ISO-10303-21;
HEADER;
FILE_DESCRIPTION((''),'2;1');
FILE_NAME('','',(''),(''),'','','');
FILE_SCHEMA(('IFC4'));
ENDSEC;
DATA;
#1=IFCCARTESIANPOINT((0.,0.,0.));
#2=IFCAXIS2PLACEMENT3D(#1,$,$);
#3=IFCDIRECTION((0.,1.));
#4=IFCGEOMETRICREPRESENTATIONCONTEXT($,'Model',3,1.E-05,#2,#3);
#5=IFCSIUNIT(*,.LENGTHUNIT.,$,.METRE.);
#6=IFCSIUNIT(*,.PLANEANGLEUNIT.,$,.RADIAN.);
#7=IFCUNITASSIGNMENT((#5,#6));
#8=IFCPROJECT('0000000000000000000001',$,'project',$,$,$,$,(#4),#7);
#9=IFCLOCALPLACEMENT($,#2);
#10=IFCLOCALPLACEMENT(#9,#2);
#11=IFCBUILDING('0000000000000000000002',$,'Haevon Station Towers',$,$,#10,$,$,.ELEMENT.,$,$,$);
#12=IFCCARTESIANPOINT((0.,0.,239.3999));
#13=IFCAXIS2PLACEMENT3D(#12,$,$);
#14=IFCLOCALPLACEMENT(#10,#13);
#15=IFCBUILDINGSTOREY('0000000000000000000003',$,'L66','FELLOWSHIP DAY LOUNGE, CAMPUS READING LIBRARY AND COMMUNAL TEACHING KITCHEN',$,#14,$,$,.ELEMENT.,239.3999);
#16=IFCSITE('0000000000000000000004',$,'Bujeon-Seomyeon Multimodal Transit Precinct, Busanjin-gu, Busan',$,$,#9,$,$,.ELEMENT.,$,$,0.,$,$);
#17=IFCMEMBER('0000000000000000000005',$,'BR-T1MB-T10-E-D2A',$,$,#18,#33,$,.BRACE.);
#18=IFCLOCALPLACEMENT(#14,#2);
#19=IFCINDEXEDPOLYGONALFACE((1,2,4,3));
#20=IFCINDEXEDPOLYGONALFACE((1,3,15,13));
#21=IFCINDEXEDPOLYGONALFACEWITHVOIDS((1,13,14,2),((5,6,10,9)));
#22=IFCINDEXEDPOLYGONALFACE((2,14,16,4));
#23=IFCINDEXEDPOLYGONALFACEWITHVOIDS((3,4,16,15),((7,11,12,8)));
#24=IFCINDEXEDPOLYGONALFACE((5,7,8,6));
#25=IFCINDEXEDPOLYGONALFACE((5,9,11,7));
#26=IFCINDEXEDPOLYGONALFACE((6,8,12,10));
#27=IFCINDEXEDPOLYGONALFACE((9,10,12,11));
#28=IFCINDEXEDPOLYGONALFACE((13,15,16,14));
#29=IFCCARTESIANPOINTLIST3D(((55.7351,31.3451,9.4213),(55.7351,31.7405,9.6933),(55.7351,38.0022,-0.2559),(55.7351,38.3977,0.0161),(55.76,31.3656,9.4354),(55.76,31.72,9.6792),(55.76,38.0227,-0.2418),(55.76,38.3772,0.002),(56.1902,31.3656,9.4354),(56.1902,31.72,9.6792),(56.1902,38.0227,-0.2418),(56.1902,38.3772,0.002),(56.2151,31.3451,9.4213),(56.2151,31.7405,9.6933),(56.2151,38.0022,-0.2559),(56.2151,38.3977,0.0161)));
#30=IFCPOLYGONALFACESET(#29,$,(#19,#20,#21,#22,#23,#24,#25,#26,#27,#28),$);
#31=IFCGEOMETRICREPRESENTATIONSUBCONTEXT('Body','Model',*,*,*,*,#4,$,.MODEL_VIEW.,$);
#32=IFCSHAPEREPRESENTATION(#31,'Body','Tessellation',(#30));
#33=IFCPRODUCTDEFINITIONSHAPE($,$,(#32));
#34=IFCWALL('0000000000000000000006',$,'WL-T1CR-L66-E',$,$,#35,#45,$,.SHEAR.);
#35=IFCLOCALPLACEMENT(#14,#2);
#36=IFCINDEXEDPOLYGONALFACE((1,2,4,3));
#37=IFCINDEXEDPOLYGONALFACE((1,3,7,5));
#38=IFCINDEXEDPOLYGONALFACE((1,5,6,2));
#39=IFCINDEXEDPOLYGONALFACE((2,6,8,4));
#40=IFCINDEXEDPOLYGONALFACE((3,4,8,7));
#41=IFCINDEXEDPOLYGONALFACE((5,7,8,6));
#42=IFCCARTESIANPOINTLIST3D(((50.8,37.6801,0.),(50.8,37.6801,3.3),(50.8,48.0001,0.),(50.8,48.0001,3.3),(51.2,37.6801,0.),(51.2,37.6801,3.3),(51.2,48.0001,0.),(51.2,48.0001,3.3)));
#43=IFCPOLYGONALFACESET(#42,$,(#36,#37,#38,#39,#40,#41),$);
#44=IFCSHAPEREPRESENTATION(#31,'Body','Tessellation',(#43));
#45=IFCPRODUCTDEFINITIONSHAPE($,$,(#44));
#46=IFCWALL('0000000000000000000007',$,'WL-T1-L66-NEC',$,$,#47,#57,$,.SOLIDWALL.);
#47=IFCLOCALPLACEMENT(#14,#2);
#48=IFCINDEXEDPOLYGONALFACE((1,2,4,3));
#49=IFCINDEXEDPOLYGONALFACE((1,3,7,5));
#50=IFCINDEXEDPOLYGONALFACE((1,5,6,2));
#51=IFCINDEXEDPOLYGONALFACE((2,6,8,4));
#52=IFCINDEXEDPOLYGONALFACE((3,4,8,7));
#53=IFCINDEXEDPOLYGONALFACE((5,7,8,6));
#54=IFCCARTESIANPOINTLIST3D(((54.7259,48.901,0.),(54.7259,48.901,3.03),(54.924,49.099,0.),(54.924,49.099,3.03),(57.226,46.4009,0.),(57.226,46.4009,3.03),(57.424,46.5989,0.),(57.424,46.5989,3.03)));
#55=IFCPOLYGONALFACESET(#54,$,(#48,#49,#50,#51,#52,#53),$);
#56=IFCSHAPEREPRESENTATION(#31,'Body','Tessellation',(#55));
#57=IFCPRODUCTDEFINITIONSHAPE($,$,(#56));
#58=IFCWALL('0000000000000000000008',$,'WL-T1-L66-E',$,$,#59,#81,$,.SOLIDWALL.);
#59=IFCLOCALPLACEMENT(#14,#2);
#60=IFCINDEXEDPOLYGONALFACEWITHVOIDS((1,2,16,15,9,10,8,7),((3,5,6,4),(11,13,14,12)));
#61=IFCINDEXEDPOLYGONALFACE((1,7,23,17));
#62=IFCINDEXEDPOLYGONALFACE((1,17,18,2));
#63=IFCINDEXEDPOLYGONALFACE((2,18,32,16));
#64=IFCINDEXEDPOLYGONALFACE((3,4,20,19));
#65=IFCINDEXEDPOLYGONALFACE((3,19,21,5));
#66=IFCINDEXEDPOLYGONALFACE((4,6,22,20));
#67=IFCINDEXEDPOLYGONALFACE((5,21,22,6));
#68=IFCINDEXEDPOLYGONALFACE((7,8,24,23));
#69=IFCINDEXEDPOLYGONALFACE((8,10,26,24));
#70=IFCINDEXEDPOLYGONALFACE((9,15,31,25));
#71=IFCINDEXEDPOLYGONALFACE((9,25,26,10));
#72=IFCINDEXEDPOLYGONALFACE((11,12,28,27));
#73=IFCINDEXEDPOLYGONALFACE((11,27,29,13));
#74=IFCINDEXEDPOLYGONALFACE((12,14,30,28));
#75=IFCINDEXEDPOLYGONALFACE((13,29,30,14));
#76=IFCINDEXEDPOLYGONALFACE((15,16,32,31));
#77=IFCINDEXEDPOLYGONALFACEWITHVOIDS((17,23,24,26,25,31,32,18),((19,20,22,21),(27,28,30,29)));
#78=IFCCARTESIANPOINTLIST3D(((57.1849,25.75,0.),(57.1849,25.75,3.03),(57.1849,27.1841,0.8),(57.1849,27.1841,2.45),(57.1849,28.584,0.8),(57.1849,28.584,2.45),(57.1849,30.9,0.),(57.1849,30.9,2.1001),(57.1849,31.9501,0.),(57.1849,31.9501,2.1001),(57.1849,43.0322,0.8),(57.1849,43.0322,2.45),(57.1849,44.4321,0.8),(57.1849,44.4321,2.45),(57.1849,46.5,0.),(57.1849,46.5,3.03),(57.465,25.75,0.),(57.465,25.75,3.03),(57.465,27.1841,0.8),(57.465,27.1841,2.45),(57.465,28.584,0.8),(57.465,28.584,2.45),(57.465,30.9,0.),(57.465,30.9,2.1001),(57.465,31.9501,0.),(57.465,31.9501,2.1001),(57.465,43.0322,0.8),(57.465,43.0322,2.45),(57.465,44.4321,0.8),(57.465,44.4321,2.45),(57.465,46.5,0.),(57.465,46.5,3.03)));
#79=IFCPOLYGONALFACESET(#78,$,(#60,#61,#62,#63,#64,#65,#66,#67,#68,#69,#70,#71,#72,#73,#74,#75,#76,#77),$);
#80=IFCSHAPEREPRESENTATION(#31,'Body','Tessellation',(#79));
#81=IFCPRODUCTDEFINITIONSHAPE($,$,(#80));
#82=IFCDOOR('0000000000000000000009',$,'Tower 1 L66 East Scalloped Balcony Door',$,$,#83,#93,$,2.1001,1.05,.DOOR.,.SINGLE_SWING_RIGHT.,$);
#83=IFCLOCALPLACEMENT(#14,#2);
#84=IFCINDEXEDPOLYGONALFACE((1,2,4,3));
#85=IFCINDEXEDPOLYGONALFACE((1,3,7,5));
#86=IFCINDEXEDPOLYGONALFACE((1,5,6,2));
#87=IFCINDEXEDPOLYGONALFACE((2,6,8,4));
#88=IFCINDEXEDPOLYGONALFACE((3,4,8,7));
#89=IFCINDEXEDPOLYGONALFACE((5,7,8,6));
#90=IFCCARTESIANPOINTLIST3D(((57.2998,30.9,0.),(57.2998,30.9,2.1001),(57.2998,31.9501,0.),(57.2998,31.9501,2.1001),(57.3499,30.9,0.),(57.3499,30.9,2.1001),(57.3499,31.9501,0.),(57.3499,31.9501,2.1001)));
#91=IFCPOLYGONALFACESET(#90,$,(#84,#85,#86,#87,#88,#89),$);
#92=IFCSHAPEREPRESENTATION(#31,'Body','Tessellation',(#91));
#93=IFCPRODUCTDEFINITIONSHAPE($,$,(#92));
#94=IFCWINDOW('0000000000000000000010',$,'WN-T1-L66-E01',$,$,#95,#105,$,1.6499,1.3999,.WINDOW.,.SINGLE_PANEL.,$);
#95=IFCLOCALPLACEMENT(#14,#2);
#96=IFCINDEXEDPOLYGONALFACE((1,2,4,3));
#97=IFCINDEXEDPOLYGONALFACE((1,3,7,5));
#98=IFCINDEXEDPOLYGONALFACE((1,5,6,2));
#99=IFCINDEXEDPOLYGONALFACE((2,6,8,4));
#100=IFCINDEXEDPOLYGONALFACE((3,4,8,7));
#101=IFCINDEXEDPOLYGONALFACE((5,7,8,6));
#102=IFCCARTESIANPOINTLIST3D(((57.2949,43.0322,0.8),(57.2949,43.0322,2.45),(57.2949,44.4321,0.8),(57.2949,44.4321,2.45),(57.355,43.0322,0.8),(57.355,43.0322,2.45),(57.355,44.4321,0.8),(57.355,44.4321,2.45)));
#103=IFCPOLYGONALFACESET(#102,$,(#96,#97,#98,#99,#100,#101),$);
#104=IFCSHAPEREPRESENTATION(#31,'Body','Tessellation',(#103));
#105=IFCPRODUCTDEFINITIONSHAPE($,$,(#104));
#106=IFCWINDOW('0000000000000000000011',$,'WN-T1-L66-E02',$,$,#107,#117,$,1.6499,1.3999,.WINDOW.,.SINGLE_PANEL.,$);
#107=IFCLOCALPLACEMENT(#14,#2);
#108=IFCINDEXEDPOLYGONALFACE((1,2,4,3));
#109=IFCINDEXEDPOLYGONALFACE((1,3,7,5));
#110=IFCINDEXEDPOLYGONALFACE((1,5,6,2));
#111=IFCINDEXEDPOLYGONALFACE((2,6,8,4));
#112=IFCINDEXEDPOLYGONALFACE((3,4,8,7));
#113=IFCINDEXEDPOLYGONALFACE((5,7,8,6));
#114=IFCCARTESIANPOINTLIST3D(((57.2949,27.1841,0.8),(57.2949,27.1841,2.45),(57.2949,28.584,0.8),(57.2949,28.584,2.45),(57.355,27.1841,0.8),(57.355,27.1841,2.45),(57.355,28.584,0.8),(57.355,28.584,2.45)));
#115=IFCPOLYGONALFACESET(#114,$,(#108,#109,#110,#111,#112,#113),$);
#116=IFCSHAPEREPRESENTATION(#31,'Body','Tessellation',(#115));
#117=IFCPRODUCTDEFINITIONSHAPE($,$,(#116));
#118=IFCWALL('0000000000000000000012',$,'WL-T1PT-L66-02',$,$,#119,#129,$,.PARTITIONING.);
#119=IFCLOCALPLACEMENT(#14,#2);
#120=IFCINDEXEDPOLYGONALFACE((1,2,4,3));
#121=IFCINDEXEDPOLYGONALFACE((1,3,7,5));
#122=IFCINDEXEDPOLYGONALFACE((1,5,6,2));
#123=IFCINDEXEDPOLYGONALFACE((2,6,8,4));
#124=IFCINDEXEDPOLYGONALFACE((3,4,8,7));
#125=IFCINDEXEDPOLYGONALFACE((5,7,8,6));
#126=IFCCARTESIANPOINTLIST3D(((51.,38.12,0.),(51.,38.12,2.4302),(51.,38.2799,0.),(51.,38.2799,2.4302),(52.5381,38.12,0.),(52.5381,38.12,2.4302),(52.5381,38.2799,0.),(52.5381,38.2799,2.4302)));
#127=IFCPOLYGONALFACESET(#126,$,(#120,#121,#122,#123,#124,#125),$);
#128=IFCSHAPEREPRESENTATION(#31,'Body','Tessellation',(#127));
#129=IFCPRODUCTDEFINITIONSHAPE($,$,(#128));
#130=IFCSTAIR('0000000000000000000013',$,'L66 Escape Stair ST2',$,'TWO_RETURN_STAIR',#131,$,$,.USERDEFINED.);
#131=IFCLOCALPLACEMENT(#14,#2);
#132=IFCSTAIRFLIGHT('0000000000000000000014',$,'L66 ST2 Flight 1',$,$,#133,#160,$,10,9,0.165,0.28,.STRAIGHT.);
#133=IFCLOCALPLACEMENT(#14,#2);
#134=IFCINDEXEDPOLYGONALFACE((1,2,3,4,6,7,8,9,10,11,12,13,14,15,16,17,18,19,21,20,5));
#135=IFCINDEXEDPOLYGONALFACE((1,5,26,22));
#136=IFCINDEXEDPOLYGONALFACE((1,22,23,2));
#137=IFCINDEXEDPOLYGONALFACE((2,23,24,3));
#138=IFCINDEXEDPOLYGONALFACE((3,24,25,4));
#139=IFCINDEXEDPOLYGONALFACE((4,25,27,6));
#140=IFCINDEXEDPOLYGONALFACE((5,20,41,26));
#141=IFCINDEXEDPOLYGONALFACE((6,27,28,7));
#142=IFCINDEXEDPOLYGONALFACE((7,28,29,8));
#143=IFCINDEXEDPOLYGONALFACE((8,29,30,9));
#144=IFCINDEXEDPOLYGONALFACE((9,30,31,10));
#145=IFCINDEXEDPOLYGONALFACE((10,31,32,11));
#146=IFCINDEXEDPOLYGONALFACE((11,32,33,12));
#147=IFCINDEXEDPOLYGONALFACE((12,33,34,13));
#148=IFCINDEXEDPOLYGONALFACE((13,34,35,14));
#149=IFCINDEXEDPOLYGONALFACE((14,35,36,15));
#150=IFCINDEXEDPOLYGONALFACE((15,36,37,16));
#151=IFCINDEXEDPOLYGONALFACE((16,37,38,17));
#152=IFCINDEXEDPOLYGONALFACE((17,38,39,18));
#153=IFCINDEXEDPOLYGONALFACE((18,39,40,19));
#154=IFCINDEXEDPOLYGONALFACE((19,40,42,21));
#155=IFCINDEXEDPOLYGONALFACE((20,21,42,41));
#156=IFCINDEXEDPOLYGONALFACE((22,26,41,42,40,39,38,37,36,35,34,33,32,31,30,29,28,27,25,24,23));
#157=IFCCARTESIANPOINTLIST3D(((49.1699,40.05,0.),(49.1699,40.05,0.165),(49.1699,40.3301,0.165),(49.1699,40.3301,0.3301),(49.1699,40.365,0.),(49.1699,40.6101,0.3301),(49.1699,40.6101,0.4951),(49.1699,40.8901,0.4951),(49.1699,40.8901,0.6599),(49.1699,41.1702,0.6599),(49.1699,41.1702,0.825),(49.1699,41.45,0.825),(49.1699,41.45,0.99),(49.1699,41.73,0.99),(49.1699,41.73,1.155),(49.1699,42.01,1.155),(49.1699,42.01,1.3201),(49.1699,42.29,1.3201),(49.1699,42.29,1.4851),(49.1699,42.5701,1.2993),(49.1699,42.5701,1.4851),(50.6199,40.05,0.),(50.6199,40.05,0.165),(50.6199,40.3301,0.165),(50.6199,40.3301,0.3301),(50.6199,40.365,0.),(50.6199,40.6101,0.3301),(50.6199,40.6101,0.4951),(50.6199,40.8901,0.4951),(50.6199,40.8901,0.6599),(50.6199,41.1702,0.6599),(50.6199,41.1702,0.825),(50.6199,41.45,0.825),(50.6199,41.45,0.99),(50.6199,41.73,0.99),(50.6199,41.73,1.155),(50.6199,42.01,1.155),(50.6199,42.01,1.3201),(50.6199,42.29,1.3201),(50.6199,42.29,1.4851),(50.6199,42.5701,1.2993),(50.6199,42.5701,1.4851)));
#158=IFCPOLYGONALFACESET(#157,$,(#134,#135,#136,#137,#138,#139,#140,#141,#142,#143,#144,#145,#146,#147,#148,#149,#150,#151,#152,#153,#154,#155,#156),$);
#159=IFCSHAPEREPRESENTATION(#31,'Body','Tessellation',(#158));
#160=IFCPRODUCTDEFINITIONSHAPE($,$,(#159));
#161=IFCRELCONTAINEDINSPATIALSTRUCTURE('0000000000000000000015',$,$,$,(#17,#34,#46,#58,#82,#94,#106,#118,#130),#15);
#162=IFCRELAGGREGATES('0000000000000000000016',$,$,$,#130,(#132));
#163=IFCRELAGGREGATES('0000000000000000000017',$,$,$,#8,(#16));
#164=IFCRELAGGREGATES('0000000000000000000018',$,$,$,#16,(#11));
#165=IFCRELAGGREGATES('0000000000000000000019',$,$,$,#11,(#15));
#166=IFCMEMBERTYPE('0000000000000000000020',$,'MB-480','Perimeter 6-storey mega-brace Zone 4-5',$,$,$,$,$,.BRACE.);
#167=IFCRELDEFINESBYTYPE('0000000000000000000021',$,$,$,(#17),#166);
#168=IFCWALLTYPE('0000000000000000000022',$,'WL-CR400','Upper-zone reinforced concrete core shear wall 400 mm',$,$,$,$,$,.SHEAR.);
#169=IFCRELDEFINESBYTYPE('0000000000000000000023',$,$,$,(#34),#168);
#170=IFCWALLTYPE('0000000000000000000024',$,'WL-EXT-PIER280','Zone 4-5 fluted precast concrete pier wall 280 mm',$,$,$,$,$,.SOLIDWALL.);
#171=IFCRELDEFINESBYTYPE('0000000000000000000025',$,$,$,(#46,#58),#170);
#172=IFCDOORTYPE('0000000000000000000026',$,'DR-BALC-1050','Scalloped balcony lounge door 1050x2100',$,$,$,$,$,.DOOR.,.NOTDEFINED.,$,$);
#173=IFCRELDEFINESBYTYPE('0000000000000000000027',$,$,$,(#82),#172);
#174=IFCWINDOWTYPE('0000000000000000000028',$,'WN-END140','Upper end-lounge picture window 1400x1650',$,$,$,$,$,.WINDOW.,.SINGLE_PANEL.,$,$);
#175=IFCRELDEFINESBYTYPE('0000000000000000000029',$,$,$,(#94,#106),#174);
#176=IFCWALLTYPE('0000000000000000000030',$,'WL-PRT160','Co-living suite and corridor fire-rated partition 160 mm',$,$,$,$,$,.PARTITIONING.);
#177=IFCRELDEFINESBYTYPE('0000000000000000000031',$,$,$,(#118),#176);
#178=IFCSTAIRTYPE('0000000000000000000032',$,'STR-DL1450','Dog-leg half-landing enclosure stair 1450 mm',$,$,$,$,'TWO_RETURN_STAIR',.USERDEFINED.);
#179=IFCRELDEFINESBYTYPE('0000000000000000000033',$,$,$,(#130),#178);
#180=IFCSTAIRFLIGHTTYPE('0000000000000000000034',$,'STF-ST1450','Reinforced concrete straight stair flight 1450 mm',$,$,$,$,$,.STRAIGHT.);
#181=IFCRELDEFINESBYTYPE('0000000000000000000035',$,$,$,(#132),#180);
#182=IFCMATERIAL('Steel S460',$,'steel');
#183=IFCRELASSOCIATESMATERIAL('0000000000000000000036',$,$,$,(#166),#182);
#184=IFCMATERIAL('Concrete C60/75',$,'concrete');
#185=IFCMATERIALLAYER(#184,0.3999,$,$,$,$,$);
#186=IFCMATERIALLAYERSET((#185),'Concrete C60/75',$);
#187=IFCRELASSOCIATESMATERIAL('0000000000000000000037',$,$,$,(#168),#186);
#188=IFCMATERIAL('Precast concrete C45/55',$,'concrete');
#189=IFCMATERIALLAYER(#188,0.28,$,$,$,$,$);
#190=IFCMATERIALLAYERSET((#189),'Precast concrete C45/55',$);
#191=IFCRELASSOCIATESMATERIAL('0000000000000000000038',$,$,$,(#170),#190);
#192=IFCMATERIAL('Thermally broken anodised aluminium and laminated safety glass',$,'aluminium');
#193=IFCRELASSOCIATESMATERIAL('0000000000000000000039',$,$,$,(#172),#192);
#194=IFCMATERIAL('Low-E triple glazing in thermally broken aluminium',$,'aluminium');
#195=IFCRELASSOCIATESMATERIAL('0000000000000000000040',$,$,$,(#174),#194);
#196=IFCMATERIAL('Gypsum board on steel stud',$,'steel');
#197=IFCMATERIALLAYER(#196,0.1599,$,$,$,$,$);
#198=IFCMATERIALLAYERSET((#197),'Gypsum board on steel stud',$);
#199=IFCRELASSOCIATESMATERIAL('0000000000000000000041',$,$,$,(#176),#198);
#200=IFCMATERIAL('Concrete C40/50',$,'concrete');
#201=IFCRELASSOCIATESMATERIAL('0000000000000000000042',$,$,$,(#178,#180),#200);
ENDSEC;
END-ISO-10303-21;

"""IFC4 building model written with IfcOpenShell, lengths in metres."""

from ifc_helpers import new_model, si_unit, direction, frame, frame_2d, origin, origin_2d, place, context, subcontext, project, spatial, polyline, rectangle, hollow_rectangle, outline, extrude, material, layer, layer_set, material_profile, profile_set, type_object, element, fill, aggregate, save


model = new_model("IFC4")

# Units and contexts
model_context = context("Model", 3, precision=1e-05, world=origin(), true_north=direction((0.0, 1.0)))
body_context = subcontext(model_context, "Body", "Model", "MODEL_VIEW")
ifc_project = project(units=[si_unit("LENGTHUNIT", "METRE"), si_unit("PLANEANGLEUNIT", "RADIAN")], contexts=[model_context])

# Site, building, storey
site_placement = place(None, origin())
site = spatial("IfcSite", under=ifc_project, at=site_placement, Name="Bujeon-Seomyeon Multimodal Transit Precinct, Busanjin-gu, Busan", CompositionType="ELEMENT", RefElevation=0.0)
building_placement = place(site_placement, origin())
building = spatial("IfcBuilding", under=site, at=building_placement, Name="Haevon Station Towers", CompositionType="ELEMENT")
storey_placement = place(building_placement, frame((0.0, 0.0, 239.3999)))
storey = spatial("IfcBuildingStorey", under=building, at=storey_placement, Name="L66", Description="FELLOWSHIP DAY LOUNGE, CAMPUS READING LIBRARY AND COMMUNAL TEACHING KITCHEN", CompositionType="ELEMENT", Elevation=239.3999)

# Shared definitions
ifc_material_1 = material(Name="Steel S460", Category="steel")

# Member
ifc_material_profile_1 = material_profile(ifc_material_1, hollow_rectangle(XDim=0.48, YDim=0.48, WallThickness=0.0249, at=origin_2d()), Name="RHS-480x480x25")
ifc_profile_set_1 = profile_set([ifc_material_profile_1], Name="Steel S460")
member_type = type_object("IfcMemberType", Name="MB-480", Description="Perimeter 6-storey mega-brace Zone 4-5", PredefinedType="BRACE", material=ifc_profile_set_1)
member_placement = place(storey_placement, frame((55.9751, 38.2, -0.1199), z_axis=(0.0, -0.566767, 0.823878), x_axis=(1.0, 0.0, 0.0)))
element("IfcMember", 1, at=member_placement, inside=storey, type_object=member_type, Name="BR-T1MB-T10-E-D2A", PredefinedType="BRACE", context=body_context, shape_type="SweptSolid", body=[
    extrude(hollow_rectangle(XDim=0.48, YDim=0.48, WallThickness=0.0249, at=origin_2d()), origin(), (0.0, 0.0, 1.0), 11.7458),
])

# Walls
ifc_material_2 = material(Name="Concrete C60/75", Category="concrete")
ifc_layer_1 = layer(ifc_material_2, 0.3999)
ifc_layer_set_1 = layer_set([ifc_layer_1], Name="Concrete C60/75")
wall_type_1 = type_object("IfcWallType", Name="WL-CR400", Description="Upper-zone reinforced concrete core shear wall 400 mm", PredefinedType="SHEAR", material=ifc_layer_set_1)
wall_1_placement = place(storey_placement, frame((51.0, 37.6799, 0.0), z_axis=(0.0, 0.0, 1.0), x_axis=(0.0, 1.0, 0.0)))
element("IfcWall", 2, at=wall_1_placement, inside=storey, type_object=wall_type_1, Name="WL-T1CR-L66-E", PredefinedType="SHEAR", context=body_context, shape_type="SweptSolid", body=[
    extrude(rectangle(XDim=10.3201, YDim=0.3999, at=frame_2d((5.1602, 0.0))), origin(), (0.0, 0.0, 1.0), 3.3),
])
ifc_material_3 = material(Name="Precast concrete C45/55", Category="concrete")
ifc_layer_2 = layer(ifc_material_3, 0.28)
ifc_layer_set_2 = layer_set([ifc_layer_2], Name="Precast concrete C45/55")
wall_type_2 = type_object("IfcWallType", Name="WL-EXT-PIER280", Description="Zone 4-5 fluted precast concrete pier wall 280 mm", PredefinedType="SOLIDWALL", material=ifc_layer_set_2)
wall_2_placement = place(storey_placement, frame((54.825, 49.0, 0.0), z_axis=(0.0, 0.0, 1.0), x_axis=(0.707107, -0.707107, 0.0)))
element("IfcWall", 3, at=wall_2_placement, inside=storey, type_object=wall_type_2, Name="WL-T1-L66-NEC", PredefinedType="SOLIDWALL", context=body_context, shape_type="SweptSolid", body=[
    extrude(rectangle(XDim=3.5356, YDim=0.28, at=frame_2d((1.7678, 0.0))), origin(), (0.0, 0.0, 1.0), 3.03),
])

# Wall, openings, door, windows
wall_3_placement = place(storey_placement, frame((57.325, 46.5, 0.0), z_axis=(0.0, 0.0, 1.0), x_axis=(0.0, -1.0, 0.0)))
wall_3 = element("IfcWall", 4, at=wall_3_placement, inside=storey, type_object=wall_type_2, Name="WL-T1-L66-E", PredefinedType="SOLIDWALL", context=body_context, shape_type="SweptSolid", body=[
    extrude(rectangle(XDim=20.75, YDim=0.28, at=frame_2d((10.375, 0.0))), origin(), (0.0, 0.0, 1.0), 3.03),
])
opening_1_placement = place(wall_3_placement, frame((14.55, 0.0, 0.0)))
opening_1 = element("IfcOpeningElement", 5, at=opening_1_placement, cuts=wall_3, PredefinedType="OPENING", context=body_context, shape_type="SweptSolid", body=[
    extrude(rectangle(XDim=1.05, YDim=2.1001, at=frame_2d((0.5249, 1.05))), frame((0.0, 0.1499, 0.0), z_axis=(0.0, -1.0, 0.0), x_axis=(1.0, 0.0, 0.0)), (0.0, 0.0, 1.0), 0.3),
])
opening_2_placement = place(wall_3_placement, frame((2.0679, 0.0, 0.8)))
opening_2 = element("IfcOpeningElement", 6, at=opening_2_placement, cuts=wall_3, PredefinedType="OPENING", context=body_context, shape_type="SweptSolid", body=[
    extrude(rectangle(XDim=1.3999, YDim=1.6499, at=frame_2d((0.7, 0.825))), frame((0.0, 0.1499, 0.0), z_axis=(0.0, -1.0, 0.0), x_axis=(1.0, 0.0, 0.0)), (0.0, 0.0, 1.0), 0.3),
])
opening_3_placement = place(wall_3_placement, frame((17.916, 0.0, 0.8)))
opening_3 = element("IfcOpeningElement", 7, at=opening_3_placement, cuts=wall_3, PredefinedType="OPENING", context=body_context, shape_type="SweptSolid", body=[
    extrude(rectangle(XDim=1.3999, YDim=1.6499, at=frame_2d((0.7, 0.825))), frame((0.0, 0.1499, 0.0), z_axis=(0.0, -1.0, 0.0), x_axis=(1.0, 0.0, 0.0)), (0.0, 0.0, 1.0), 0.3),
])
ifc_material_4 = material(Name="Thermally broken anodised aluminium and laminated safety glass", Category="aluminium")
door_type = type_object("IfcDoorType", Name="DR-BALC-1050", Description="Scalloped balcony lounge door 1050x2100", OperationType="NOTDEFINED", PredefinedType="DOOR", material=ifc_material_4)
door_placement = place(opening_1_placement, origin())
door = element("IfcDoor", 8, at=door_placement, inside=storey, type_object=door_type, Name="Tower 1 L66 East Scalloped Balcony Door", OperationType="SINGLE_SWING_RIGHT", OverallHeight=2.1001, OverallWidth=1.05, PredefinedType="DOOR", context=body_context, shape_type="SweptSolid", body=[
    extrude(rectangle(XDim=1.05, YDim=2.1001, at=frame_2d((0.5249, 1.05))), frame((0.0, 0.0249, 0.0), z_axis=(0.0, -1.0, 0.0), x_axis=(1.0, 0.0, 0.0)), (0.0, 0.0, 1.0), 0.05),
])
fill(opening_1, door)
ifc_material_5 = material(Name="Low-E triple glazing in thermally broken aluminium", Category="aluminium")
window_type = type_object("IfcWindowType", Name="WN-END140", Description="Upper end-lounge picture window 1400x1650", PartitioningType="SINGLE_PANEL", PredefinedType="WINDOW", material=ifc_material_5)
window_1_placement = place(opening_2_placement, origin())
window_1 = element("IfcWindow", 9, at=window_1_placement, inside=storey, type_object=window_type, Name="WN-T1-L66-E01", OverallHeight=1.6499, OverallWidth=1.3999, PartitioningType="SINGLE_PANEL", PredefinedType="WINDOW", context=body_context, shape_type="SweptSolid", body=[
    extrude(rectangle(XDim=1.3999, YDim=1.6499, at=frame_2d((0.7, 0.825))), frame((0.0, 0.03, 0.0), z_axis=(0.0, -1.0, 0.0), x_axis=(1.0, 0.0, 0.0)), (0.0, 0.0, 1.0), 0.0601),
])
fill(opening_2, window_1)
window_2_placement = place(opening_3_placement, origin())
window_2 = element("IfcWindow", 10, at=window_2_placement, inside=storey, type_object=window_type, Name="WN-T1-L66-E02", OverallHeight=1.6499, OverallWidth=1.3999, PartitioningType="SINGLE_PANEL", PredefinedType="WINDOW", context=body_context, shape_type="SweptSolid", body=[
    extrude(rectangle(XDim=1.3999, YDim=1.6499, at=frame_2d((0.7, 0.825))), frame((0.0, 0.03, 0.0), z_axis=(0.0, -1.0, 0.0), x_axis=(1.0, 0.0, 0.0)), (0.0, 0.0, 1.0), 0.0601),
])
fill(opening_3, window_2)

# Wall
ifc_material_6 = material(Name="Gypsum board on steel stud", Category="steel")
ifc_layer_3 = layer(ifc_material_6, 0.1599)
ifc_layer_set_3 = layer_set([ifc_layer_3], Name="Gypsum board on steel stud")
wall_type_3 = type_object("IfcWallType", Name="WL-PRT160", Description="Co-living suite and corridor fire-rated partition 160 mm", PredefinedType="PARTITIONING", material=ifc_layer_set_3)
wall_4_placement = place(storey_placement, frame((51.0, 38.2, 0.0), z_axis=(0.0, 0.0, 1.0), x_axis=(1.0, 0.0, 0.0)))
element("IfcWall", 11, at=wall_4_placement, inside=storey, type_object=wall_type_3, Name="WL-T1PT-L66-02", PredefinedType="PARTITIONING", context=body_context, shape_type="SweptSolid", body=[
    extrude(rectangle(XDim=1.5381, YDim=0.1599, at=frame_2d((0.769, 0.0))), origin(), (0.0, 0.0, 1.0), 2.4302),
])

# Stair, stair flight
ifc_material_7 = material(Name="Concrete C40/50", Category="concrete")
stair_type = type_object("IfcStairType", Name="STR-DL1450", Description="Dog-leg half-landing enclosure stair 1450 mm", ElementType="TWO_RETURN_STAIR", PredefinedType="USERDEFINED", material=ifc_material_7)
stair_placement = place(storey_placement, origin())
stair = element("IfcStair", 12, at=stair_placement, inside=storey, type_object=stair_type, Name="L66 Escape Stair ST2", ObjectType="TWO_RETURN_STAIR", PredefinedType="USERDEFINED")
stair_flight_type = type_object("IfcStairFlightType", Name="STF-ST1450", Description="Reinforced concrete straight stair flight 1450 mm", PredefinedType="STRAIGHT", material=ifc_material_7)
stair_flight_1_placement = place(storey_placement, frame((49.895, 40.05, 0.0), z_axis=(0.0, 0.0, 1.0), x_axis=(0.0, 1.0, 0.0)))
stair_flight_1 = element("IfcStairFlight", 13, at=stair_flight_1_placement, type_object=stair_flight_type, Name="L66 ST2 Flight 1", NumberOfRisers=10, NumberOfTreads=9, PredefinedType="STRAIGHT", RiserHeight=0.165, TreadLength=0.28, context=body_context, shape_type="SweptSolid", body=[
    extrude(outline(polyline([(0.0, 0.0), (0.0, 0.165), (0.28, 0.165), (0.28, 0.3301), (0.5601, 0.3301), (0.5601, 0.4951), (0.8401, 0.4951), (0.8401, 0.6599), (1.1201, 0.6599), (1.1201, 0.825), (1.3999, 0.825), (1.3999, 0.99), (1.6799, 0.99), (1.6799, 1.155), (1.96, 1.155), (1.96, 1.3201), (2.24, 1.3201), (2.24, 1.4851), (2.52, 1.4851), (2.52, 1.6499), (2.52, 1.2993), (0.3149, 0.0), (0.0, 0.0)])), frame((0.0, 0.7251, 0.0), z_axis=(0.0, -1.0, 0.0), x_axis=(1.0, 0.0, 0.0)), (0.0, 0.0, 1.0), 1.45),
])
aggregate(stair, [stair_flight_1])

save(model, "model.ifc")
